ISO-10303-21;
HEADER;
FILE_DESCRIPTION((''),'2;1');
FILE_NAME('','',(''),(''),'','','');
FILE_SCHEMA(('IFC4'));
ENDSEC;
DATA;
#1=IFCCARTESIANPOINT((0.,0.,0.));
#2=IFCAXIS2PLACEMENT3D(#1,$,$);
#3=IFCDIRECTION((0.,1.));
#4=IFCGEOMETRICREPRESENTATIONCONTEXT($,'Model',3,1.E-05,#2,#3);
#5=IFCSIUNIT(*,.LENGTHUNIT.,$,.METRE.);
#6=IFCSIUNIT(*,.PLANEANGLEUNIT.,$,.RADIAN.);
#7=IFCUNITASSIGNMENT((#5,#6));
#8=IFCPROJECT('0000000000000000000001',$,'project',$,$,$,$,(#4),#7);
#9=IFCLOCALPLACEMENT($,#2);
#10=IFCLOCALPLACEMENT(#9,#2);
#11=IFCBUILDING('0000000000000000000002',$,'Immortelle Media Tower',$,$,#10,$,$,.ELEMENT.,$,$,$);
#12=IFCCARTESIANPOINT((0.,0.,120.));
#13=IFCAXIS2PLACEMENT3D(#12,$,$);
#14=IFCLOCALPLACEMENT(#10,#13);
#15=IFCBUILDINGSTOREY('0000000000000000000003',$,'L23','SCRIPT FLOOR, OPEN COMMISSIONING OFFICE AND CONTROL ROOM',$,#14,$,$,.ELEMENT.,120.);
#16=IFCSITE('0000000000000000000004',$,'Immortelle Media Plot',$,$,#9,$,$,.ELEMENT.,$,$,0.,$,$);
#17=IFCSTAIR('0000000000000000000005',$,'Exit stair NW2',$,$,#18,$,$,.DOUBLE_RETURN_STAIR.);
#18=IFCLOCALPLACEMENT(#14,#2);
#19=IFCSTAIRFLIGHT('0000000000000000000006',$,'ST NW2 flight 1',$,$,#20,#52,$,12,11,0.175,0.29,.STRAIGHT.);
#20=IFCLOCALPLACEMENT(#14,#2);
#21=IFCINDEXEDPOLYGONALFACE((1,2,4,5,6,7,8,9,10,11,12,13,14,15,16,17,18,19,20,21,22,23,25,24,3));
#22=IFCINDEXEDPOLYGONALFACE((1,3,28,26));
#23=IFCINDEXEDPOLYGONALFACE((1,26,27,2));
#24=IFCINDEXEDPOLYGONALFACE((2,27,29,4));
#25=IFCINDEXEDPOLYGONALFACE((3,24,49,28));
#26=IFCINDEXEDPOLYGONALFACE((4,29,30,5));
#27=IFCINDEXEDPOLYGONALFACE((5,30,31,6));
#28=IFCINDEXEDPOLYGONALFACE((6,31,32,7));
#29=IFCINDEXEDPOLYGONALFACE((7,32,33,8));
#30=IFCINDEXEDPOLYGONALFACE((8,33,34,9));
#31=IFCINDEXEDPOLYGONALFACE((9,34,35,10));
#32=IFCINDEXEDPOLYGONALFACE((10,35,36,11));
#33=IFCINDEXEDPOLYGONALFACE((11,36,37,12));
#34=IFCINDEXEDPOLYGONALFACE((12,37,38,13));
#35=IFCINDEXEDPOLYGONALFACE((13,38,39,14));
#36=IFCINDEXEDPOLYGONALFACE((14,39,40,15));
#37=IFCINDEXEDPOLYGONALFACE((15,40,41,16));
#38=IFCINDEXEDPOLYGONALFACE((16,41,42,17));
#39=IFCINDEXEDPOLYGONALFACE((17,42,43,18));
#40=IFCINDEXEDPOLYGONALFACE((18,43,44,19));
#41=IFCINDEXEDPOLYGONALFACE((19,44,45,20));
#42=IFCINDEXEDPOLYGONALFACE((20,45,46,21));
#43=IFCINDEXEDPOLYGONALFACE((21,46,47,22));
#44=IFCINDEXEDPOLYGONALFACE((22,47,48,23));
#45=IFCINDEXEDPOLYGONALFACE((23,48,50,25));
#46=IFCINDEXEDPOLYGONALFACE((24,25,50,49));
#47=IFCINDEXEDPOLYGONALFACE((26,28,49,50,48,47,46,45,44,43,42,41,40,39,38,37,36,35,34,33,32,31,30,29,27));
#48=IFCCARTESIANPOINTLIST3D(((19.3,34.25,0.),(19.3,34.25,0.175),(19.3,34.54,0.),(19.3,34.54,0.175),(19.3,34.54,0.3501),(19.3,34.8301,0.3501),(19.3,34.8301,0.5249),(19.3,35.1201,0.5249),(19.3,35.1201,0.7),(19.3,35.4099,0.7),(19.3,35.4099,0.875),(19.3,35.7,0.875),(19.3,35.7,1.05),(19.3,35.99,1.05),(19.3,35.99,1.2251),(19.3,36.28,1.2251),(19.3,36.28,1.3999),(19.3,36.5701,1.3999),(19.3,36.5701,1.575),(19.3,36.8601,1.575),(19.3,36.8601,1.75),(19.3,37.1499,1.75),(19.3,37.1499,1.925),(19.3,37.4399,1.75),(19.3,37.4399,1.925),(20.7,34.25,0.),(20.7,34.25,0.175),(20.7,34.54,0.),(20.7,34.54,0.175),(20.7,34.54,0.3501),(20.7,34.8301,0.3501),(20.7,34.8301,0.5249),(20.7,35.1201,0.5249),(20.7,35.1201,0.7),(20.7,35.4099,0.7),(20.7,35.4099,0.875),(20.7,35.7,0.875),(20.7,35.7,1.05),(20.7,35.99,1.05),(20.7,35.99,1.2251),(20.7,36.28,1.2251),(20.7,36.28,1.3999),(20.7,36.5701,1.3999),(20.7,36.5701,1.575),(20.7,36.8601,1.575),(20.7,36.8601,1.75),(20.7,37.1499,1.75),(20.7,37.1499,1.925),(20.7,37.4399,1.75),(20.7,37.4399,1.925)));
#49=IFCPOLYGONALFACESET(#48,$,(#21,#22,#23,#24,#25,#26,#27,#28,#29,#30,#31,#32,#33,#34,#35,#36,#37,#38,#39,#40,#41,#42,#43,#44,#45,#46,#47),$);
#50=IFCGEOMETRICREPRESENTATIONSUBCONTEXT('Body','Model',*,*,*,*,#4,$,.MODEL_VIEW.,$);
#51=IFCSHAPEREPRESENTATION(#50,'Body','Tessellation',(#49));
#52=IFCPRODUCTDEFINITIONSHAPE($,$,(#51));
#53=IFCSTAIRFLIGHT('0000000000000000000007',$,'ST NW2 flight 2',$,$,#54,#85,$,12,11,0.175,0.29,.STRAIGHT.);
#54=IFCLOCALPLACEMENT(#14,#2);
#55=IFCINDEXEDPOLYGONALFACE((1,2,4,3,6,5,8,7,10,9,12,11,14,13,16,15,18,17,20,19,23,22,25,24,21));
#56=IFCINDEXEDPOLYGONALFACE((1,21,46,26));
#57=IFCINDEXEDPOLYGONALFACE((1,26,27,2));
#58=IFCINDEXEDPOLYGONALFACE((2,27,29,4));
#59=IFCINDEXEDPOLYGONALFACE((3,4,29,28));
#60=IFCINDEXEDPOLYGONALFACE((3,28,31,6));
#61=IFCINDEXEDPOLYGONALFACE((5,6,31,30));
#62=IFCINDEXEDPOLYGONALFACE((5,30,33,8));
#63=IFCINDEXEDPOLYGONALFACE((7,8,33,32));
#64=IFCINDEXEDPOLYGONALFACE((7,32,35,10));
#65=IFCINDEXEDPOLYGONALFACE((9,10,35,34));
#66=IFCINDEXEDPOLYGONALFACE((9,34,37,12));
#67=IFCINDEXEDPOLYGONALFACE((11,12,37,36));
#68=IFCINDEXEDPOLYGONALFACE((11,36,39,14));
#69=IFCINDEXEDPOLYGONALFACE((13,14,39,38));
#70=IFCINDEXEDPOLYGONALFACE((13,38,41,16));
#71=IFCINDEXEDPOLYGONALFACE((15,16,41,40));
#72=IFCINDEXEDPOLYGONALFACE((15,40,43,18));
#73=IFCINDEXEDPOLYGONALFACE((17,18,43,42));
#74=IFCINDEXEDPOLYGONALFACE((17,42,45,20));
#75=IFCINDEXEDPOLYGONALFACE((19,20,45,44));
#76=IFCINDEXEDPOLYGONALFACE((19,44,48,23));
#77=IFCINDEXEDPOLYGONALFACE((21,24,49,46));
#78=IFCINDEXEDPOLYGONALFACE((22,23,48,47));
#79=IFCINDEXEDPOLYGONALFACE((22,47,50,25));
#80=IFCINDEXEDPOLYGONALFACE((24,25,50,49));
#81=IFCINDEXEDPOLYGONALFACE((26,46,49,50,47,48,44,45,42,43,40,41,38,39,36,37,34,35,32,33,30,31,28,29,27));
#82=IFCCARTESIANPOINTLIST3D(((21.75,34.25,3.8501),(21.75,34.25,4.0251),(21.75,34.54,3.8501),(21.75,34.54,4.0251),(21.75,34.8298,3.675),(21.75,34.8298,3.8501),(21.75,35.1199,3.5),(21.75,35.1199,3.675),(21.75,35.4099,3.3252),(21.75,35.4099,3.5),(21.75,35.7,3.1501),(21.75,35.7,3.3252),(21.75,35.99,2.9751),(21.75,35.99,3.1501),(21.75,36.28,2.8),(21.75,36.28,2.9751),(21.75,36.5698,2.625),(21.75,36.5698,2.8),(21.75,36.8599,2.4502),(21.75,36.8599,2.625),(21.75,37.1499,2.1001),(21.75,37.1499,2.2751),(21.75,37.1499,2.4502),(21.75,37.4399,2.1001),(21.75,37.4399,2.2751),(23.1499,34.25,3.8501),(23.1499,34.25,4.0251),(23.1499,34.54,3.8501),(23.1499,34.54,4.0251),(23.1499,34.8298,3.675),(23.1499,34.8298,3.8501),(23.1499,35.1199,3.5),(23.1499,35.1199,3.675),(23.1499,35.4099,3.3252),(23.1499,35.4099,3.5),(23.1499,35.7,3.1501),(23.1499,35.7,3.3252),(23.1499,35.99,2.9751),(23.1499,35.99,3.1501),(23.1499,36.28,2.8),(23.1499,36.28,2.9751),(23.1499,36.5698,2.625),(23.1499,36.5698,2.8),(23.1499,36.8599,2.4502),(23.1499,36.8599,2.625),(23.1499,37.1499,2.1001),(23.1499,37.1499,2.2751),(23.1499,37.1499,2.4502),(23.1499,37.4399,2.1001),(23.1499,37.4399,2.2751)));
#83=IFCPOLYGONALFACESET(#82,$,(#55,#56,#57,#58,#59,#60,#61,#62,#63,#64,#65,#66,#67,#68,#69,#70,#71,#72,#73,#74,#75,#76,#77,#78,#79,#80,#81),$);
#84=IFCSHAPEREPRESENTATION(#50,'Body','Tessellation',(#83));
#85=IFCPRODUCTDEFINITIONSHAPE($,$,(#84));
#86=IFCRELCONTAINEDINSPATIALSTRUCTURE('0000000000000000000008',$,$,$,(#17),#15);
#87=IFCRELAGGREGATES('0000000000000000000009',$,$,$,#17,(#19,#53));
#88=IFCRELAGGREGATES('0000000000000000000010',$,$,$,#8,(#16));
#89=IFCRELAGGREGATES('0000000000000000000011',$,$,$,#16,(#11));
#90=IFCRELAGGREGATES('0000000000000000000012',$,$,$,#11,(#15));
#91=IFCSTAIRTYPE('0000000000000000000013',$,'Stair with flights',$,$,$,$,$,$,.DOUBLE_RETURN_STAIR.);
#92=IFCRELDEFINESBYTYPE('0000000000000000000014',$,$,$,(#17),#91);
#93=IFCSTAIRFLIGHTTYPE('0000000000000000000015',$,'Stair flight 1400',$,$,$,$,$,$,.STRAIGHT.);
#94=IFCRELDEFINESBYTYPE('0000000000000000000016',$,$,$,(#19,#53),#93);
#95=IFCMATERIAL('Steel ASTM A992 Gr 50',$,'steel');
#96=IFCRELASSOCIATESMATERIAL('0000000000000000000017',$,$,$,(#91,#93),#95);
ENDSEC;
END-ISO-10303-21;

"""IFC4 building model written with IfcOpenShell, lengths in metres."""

from ifc_helpers import new_model, si_unit, direction, frame, origin, place, context, subcontext, project, spatial, polyline, outline, extrude, material, type_object, element, aggregate, save


model = new_model("IFC4")

# Units and contexts
model_context = context("Model", 3, precision=1e-05, world=origin(), true_north=direction((0.0, 1.0)))
body_context = subcontext(model_context, "Body", "Model", "MODEL_VIEW")
ifc_project = project(units=[si_unit("LENGTHUNIT", "METRE"), si_unit("PLANEANGLEUNIT", "RADIAN")], contexts=[model_context])

# Site, building, storey
site_placement = place(None, origin())
site = spatial("IfcSite", under=ifc_project, at=site_placement, Name="Immortelle Media Plot", CompositionType="ELEMENT", RefElevation=0.0)
building_placement = place(site_placement, origin())
building = spatial("IfcBuilding", under=site, at=building_placement, Name="Immortelle Media Tower", CompositionType="ELEMENT")
storey_placement = place(building_placement, frame((0.0, 0.0, 120.0)))
storey = spatial("IfcBuildingStorey", under=building, at=storey_placement, Name="L23", Description="SCRIPT FLOOR, OPEN COMMISSIONING OFFICE AND CONTROL ROOM", CompositionType="ELEMENT", Elevation=120.0)

# Shared definitions
ifc_material_1 = material(Name="Steel ASTM A992 Gr 50", Category="steel")

# Stair, stair flights
stair_type = type_object("IfcStairType", Name="Stair with flights", PredefinedType="DOUBLE_RETURN_STAIR", material=ifc_material_1)
stair_flight_type = type_object("IfcStairFlightType", Name="Stair flight 1400", PredefinedType="STRAIGHT", material=ifc_material_1)
stair_1_placement = place(storey_placement, origin())
stair_1 = element("IfcStair", 1, at=stair_1_placement, inside=storey, type_object=stair_type, Name="Exit stair NW2", PredefinedType="DOUBLE_RETURN_STAIR")
stair_flight_1_placement = place(storey_placement, frame((20.0, 34.25, 0.0), z_axis=(0.0, 0.0, 1.0), x_axis=(0.0, 1.0, 0.0)))
stair_flight_1 = element("IfcStairFlight", 2, at=stair_flight_1_placement, type_object=stair_flight_type, Name="ST NW2 flight 1", NumberOfRisers=12, NumberOfTreads=11, PredefinedType="STRAIGHT", RiserHeight=0.175, TreadLength=0.29, context=body_context, shape_type="SweptSolid", body=[
    extrude(outline(polyline([(0.0, 0.0), (0.0, 0.175), (0.29, 0.175), (0.29, 0.3501), (0.5801, 0.3501), (0.5801, 0.5249), (0.8701, 0.5249), (0.8701, 0.7), (1.1599, 0.7), (1.1599, 0.875), (1.45, 0.875), (1.45, 1.05), (1.74, 1.05), (1.74, 1.2251), (2.03, 1.2251), (2.03, 1.3999), (2.3201, 1.3999), (2.3201, 1.575), (2.6101, 1.575), (2.6101, 1.75), (2.8999, 1.75), (2.8999, 1.925), (3.1899, 1.925), (3.1899, 2.1001), (3.1899, 1.75), (0.29, 0.0), (0.0, 0.0)])), frame((0.0, 0.7, 0.0), z_axis=(0.0, -1.0, 0.0), x_axis=(1.0, 0.0, 0.0)), (0.0, 0.0, 1.0), 1.3999),
])
stair_flight_2_placement = place(storey_placement, frame((22.45, 37.4399, 2.1001), z_axis=(0.0, 0.0, 1.0), x_axis=(0.0, -1.0, 0.0)))
stair_flight_2 = element("IfcStairFlight", 3, at=stair_flight_2_placement, type_object=stair_flight_type, Name="ST NW2 flight 2", NumberOfRisers=12, NumberOfTreads=11, PredefinedType="STRAIGHT", RiserHeight=0.175, TreadLength=0.29, context=body_context, shape_type="SweptSolid", body=[
    extrude(outline(polyline([(0.0, 0.0), (0.0, 0.175), (0.29, 0.175), (0.29, 0.3501), (0.5801, 0.3501), (0.5801, 0.5249), (0.8701, 0.5249), (0.8701, 0.7), (1.1599, 0.7), (1.1599, 0.875), (1.45, 0.875), (1.45, 1.05), (1.74, 1.05), (1.74, 1.2251), (2.03, 1.2251), (2.03, 1.3999), (2.3201, 1.3999), (2.3201, 1.575), (2.6101, 1.575), (2.6101, 1.75), (2.8999, 1.75), (2.8999, 1.925), (3.1899, 1.925), (3.1899, 2.1001), (3.1899, 1.75), (0.29, 0.0), (0.0, 0.0)])), frame((0.0, 0.7, 0.0), z_axis=(0.0, -1.0, 0.0), x_axis=(1.0, 0.0, 0.0)), (0.0, 0.0, 1.0), 1.3999),
])
aggregate(stair_1, [stair_flight_1, stair_flight_2])

save(model, "model.ifc")
